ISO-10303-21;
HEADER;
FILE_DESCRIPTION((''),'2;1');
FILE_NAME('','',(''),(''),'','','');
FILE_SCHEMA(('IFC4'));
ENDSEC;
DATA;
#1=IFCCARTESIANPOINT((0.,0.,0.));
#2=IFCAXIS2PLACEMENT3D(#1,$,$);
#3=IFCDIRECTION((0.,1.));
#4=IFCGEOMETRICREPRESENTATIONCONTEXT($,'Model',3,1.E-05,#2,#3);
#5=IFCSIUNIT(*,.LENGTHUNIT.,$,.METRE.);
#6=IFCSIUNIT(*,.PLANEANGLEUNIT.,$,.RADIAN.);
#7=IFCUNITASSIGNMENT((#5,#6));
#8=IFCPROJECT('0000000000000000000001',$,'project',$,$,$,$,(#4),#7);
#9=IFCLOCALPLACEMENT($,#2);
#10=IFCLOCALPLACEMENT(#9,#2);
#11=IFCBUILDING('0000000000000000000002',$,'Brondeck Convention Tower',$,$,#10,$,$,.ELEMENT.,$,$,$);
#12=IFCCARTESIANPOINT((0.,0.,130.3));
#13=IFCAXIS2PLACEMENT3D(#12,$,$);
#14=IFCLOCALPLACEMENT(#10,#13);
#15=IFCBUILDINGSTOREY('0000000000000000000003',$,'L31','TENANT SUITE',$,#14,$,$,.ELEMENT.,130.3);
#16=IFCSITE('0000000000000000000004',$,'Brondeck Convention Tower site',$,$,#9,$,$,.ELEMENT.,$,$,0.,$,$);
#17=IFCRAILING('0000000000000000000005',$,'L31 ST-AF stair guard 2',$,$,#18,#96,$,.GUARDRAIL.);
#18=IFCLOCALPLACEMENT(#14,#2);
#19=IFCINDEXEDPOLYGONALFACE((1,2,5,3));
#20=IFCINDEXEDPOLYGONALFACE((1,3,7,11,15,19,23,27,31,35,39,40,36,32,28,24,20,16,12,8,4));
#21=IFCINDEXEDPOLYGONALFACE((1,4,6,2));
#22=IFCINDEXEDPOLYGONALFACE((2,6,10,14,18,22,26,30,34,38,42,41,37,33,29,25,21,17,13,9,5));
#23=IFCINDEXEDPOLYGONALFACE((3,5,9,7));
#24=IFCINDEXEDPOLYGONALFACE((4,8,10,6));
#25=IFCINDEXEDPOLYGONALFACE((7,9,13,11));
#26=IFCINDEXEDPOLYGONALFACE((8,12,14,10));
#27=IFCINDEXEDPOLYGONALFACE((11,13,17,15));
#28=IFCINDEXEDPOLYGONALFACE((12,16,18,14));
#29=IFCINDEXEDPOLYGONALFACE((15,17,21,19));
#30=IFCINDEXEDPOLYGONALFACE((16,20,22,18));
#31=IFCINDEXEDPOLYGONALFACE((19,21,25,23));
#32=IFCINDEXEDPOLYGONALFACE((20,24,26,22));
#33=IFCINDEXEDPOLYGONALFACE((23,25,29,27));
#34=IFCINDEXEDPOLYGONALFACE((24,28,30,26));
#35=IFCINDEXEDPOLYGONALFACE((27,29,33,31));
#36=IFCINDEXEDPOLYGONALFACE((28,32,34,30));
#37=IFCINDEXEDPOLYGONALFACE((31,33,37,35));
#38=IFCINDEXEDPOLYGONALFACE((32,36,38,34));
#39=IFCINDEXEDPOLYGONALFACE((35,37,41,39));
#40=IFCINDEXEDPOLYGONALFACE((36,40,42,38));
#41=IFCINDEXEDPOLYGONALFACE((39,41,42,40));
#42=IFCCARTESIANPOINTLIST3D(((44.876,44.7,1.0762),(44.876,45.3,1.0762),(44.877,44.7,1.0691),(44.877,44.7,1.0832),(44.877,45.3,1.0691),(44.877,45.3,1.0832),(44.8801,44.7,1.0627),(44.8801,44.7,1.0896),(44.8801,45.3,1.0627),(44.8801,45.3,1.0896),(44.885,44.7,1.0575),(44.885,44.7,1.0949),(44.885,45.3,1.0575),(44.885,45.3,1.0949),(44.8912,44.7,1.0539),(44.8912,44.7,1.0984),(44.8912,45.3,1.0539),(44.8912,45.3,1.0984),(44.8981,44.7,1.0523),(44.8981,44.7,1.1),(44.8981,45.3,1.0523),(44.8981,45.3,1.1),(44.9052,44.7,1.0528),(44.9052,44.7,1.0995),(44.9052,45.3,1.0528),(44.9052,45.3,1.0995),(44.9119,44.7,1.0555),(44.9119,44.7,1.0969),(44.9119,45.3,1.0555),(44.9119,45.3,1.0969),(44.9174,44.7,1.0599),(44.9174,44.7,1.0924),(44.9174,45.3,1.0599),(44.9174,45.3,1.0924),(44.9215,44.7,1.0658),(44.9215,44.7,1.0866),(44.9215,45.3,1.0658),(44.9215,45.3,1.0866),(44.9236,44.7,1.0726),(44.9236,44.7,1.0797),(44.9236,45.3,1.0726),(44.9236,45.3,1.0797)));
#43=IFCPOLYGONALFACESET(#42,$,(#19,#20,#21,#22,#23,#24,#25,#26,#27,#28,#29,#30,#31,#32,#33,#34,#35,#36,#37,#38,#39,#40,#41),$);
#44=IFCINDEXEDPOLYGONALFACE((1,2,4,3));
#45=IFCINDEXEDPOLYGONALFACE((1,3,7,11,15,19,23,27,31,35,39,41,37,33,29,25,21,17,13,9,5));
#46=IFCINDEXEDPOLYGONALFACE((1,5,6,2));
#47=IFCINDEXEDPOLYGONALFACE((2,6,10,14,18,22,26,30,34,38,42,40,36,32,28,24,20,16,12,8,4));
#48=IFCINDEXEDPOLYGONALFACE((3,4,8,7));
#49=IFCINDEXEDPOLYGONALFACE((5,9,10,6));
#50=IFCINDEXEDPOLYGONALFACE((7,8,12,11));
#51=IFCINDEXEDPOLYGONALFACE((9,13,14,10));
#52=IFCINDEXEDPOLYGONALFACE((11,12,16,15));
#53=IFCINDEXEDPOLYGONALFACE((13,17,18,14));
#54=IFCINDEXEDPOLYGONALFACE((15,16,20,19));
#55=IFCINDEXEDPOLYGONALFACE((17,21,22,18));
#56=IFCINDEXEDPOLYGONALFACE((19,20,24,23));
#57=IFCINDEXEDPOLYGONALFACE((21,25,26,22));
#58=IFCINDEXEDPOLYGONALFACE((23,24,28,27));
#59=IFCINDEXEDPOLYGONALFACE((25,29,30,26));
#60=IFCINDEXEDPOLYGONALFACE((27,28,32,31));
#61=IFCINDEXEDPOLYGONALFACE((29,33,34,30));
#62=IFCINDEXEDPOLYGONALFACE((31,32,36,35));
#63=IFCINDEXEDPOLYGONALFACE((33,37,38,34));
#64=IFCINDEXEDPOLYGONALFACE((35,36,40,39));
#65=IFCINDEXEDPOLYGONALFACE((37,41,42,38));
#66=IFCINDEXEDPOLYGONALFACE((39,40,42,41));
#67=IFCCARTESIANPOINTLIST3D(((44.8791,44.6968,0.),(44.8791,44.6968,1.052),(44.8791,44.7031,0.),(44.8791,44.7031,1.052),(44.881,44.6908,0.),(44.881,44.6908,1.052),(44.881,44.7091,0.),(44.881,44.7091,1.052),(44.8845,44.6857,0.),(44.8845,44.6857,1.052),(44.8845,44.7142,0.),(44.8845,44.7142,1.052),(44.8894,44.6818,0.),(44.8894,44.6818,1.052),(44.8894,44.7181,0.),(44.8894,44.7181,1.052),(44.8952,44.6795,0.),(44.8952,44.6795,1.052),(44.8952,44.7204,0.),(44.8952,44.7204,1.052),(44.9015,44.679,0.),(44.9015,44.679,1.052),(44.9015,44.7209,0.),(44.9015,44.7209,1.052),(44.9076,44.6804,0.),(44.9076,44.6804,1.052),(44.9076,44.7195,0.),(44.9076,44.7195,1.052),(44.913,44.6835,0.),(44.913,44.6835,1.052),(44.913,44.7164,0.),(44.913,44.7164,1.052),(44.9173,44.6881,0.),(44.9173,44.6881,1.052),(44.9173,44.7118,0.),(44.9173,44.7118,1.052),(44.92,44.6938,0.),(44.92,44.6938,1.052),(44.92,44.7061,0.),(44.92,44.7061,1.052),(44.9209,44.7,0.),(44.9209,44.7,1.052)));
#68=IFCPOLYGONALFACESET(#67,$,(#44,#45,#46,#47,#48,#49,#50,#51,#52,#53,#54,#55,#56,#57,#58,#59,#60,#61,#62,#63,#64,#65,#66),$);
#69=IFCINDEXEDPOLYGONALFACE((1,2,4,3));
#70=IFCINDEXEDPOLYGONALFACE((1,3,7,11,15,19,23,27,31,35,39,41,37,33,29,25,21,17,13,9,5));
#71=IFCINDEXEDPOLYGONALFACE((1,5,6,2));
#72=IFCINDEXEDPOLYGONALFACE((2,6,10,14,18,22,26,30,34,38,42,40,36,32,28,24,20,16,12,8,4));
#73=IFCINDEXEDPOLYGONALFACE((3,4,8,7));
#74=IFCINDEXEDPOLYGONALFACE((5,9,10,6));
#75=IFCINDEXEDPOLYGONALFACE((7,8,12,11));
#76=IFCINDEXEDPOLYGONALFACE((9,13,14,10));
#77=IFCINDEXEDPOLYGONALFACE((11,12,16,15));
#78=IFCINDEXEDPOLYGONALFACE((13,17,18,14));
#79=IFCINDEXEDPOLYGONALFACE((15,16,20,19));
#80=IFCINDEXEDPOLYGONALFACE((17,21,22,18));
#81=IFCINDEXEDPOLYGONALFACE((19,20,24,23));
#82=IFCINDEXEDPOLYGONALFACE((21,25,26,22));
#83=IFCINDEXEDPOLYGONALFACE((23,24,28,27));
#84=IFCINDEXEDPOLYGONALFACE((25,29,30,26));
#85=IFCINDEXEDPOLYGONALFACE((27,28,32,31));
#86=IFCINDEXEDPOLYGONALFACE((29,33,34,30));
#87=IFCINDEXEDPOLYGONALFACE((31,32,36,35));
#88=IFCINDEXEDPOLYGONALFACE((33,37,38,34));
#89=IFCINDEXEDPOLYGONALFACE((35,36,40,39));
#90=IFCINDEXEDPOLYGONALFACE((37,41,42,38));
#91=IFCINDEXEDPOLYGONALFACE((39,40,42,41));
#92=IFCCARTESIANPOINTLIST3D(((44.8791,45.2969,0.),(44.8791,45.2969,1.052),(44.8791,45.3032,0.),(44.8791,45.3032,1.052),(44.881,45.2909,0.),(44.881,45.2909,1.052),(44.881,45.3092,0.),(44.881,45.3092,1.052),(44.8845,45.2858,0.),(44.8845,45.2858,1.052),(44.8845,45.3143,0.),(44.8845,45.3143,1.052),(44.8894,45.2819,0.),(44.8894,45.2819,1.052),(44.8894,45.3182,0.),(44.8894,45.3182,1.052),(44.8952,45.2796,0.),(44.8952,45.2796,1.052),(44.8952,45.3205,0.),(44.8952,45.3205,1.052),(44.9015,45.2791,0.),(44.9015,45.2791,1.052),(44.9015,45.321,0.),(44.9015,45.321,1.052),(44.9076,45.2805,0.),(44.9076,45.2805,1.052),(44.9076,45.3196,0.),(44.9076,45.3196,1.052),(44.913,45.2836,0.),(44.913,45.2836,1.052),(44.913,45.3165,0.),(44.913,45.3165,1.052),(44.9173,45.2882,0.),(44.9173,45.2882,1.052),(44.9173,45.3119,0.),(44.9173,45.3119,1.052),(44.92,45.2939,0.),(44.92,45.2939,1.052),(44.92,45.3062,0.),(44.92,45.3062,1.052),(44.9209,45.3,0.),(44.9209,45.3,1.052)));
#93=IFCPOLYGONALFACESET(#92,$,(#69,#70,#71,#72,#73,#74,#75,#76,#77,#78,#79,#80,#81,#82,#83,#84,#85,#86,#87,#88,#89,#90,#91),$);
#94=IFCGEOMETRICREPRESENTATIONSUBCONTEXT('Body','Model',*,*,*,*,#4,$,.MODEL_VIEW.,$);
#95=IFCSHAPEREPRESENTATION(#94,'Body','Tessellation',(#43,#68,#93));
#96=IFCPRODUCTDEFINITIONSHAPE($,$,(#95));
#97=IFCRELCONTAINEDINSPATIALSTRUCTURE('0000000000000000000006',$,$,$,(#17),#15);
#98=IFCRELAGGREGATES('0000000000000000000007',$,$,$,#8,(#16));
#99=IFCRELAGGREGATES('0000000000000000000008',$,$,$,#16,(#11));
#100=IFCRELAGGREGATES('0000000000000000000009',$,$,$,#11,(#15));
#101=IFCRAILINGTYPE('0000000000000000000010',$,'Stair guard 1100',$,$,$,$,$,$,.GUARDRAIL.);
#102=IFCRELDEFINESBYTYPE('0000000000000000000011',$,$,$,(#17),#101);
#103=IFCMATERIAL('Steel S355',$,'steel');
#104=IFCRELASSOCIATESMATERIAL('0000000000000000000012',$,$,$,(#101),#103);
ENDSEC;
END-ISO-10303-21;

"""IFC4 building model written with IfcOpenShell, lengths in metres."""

from ifc_helpers import new_model, si_unit, direction, frame, origin, origin_2d, place, context, subcontext, project, spatial, circle, extrude, material, type_object, element, save


model = new_model("IFC4")

# Units and contexts
model_context = context("Model", 3, precision=1e-05, world=origin(), true_north=direction((0.0, 1.0)))
body_context = subcontext(model_context, "Body", "Model", "MODEL_VIEW")
ifc_project = project(units=[si_unit("LENGTHUNIT", "METRE"), si_unit("PLANEANGLEUNIT", "RADIAN")], contexts=[model_context])

# Site, building, storey
site_placement = place(None, origin())
site = spatial("IfcSite", under=ifc_project, at=site_placement, Name="Brondeck Convention Tower site", CompositionType="ELEMENT", RefElevation=0.0)
building_placement = place(site_placement, origin())
building = spatial("IfcBuilding", under=site, at=building_placement, Name="Brondeck Convention Tower", CompositionType="ELEMENT")
storey_placement = place(building_placement, frame((0.0, 0.0, 130.3)))
storey = spatial("IfcBuildingStorey", under=building, at=storey_placement, Name="L31", Description="TENANT SUITE", CompositionType="ELEMENT", Elevation=130.3)

# Shared definitions
ifc_material_1 = material(Name="Steel S355", Category="steel")

# Railing
railing_type_1 = type_object("IfcRailingType", Name="Stair guard 1100", PredefinedType="GUARDRAIL", material=ifc_material_1)
railing_1_placement = place(storey_placement, frame((44.8999, 44.7, 0.0)))
element("IfcRailing", 1, at=railing_1_placement, inside=storey, type_object=railing_type_1, Name="L31 ST-AF stair guard 2", PredefinedType="GUARDRAIL", context=body_context, shape_type="SweptSolid", body=[
    extrude(circle(Radius=0.0239, at=origin_2d()), frame((0.0, 0.0, 1.0762), z_axis=(0.0, 1.0, 0.0), x_axis=(-1.0, 0.0, 0.0)), (0.0, 0.0, 1.0), 0.6001),
    extrude(circle(Radius=0.021, at=origin_2d()), origin(), (0.0, 0.0, 1.0), 1.052),
    extrude(circle(Radius=0.021, at=origin_2d()), frame((0.0, 0.6001, 0.0)), (0.0, 0.0, 1.0), 1.052),
])

save(model, "model.ifc")
